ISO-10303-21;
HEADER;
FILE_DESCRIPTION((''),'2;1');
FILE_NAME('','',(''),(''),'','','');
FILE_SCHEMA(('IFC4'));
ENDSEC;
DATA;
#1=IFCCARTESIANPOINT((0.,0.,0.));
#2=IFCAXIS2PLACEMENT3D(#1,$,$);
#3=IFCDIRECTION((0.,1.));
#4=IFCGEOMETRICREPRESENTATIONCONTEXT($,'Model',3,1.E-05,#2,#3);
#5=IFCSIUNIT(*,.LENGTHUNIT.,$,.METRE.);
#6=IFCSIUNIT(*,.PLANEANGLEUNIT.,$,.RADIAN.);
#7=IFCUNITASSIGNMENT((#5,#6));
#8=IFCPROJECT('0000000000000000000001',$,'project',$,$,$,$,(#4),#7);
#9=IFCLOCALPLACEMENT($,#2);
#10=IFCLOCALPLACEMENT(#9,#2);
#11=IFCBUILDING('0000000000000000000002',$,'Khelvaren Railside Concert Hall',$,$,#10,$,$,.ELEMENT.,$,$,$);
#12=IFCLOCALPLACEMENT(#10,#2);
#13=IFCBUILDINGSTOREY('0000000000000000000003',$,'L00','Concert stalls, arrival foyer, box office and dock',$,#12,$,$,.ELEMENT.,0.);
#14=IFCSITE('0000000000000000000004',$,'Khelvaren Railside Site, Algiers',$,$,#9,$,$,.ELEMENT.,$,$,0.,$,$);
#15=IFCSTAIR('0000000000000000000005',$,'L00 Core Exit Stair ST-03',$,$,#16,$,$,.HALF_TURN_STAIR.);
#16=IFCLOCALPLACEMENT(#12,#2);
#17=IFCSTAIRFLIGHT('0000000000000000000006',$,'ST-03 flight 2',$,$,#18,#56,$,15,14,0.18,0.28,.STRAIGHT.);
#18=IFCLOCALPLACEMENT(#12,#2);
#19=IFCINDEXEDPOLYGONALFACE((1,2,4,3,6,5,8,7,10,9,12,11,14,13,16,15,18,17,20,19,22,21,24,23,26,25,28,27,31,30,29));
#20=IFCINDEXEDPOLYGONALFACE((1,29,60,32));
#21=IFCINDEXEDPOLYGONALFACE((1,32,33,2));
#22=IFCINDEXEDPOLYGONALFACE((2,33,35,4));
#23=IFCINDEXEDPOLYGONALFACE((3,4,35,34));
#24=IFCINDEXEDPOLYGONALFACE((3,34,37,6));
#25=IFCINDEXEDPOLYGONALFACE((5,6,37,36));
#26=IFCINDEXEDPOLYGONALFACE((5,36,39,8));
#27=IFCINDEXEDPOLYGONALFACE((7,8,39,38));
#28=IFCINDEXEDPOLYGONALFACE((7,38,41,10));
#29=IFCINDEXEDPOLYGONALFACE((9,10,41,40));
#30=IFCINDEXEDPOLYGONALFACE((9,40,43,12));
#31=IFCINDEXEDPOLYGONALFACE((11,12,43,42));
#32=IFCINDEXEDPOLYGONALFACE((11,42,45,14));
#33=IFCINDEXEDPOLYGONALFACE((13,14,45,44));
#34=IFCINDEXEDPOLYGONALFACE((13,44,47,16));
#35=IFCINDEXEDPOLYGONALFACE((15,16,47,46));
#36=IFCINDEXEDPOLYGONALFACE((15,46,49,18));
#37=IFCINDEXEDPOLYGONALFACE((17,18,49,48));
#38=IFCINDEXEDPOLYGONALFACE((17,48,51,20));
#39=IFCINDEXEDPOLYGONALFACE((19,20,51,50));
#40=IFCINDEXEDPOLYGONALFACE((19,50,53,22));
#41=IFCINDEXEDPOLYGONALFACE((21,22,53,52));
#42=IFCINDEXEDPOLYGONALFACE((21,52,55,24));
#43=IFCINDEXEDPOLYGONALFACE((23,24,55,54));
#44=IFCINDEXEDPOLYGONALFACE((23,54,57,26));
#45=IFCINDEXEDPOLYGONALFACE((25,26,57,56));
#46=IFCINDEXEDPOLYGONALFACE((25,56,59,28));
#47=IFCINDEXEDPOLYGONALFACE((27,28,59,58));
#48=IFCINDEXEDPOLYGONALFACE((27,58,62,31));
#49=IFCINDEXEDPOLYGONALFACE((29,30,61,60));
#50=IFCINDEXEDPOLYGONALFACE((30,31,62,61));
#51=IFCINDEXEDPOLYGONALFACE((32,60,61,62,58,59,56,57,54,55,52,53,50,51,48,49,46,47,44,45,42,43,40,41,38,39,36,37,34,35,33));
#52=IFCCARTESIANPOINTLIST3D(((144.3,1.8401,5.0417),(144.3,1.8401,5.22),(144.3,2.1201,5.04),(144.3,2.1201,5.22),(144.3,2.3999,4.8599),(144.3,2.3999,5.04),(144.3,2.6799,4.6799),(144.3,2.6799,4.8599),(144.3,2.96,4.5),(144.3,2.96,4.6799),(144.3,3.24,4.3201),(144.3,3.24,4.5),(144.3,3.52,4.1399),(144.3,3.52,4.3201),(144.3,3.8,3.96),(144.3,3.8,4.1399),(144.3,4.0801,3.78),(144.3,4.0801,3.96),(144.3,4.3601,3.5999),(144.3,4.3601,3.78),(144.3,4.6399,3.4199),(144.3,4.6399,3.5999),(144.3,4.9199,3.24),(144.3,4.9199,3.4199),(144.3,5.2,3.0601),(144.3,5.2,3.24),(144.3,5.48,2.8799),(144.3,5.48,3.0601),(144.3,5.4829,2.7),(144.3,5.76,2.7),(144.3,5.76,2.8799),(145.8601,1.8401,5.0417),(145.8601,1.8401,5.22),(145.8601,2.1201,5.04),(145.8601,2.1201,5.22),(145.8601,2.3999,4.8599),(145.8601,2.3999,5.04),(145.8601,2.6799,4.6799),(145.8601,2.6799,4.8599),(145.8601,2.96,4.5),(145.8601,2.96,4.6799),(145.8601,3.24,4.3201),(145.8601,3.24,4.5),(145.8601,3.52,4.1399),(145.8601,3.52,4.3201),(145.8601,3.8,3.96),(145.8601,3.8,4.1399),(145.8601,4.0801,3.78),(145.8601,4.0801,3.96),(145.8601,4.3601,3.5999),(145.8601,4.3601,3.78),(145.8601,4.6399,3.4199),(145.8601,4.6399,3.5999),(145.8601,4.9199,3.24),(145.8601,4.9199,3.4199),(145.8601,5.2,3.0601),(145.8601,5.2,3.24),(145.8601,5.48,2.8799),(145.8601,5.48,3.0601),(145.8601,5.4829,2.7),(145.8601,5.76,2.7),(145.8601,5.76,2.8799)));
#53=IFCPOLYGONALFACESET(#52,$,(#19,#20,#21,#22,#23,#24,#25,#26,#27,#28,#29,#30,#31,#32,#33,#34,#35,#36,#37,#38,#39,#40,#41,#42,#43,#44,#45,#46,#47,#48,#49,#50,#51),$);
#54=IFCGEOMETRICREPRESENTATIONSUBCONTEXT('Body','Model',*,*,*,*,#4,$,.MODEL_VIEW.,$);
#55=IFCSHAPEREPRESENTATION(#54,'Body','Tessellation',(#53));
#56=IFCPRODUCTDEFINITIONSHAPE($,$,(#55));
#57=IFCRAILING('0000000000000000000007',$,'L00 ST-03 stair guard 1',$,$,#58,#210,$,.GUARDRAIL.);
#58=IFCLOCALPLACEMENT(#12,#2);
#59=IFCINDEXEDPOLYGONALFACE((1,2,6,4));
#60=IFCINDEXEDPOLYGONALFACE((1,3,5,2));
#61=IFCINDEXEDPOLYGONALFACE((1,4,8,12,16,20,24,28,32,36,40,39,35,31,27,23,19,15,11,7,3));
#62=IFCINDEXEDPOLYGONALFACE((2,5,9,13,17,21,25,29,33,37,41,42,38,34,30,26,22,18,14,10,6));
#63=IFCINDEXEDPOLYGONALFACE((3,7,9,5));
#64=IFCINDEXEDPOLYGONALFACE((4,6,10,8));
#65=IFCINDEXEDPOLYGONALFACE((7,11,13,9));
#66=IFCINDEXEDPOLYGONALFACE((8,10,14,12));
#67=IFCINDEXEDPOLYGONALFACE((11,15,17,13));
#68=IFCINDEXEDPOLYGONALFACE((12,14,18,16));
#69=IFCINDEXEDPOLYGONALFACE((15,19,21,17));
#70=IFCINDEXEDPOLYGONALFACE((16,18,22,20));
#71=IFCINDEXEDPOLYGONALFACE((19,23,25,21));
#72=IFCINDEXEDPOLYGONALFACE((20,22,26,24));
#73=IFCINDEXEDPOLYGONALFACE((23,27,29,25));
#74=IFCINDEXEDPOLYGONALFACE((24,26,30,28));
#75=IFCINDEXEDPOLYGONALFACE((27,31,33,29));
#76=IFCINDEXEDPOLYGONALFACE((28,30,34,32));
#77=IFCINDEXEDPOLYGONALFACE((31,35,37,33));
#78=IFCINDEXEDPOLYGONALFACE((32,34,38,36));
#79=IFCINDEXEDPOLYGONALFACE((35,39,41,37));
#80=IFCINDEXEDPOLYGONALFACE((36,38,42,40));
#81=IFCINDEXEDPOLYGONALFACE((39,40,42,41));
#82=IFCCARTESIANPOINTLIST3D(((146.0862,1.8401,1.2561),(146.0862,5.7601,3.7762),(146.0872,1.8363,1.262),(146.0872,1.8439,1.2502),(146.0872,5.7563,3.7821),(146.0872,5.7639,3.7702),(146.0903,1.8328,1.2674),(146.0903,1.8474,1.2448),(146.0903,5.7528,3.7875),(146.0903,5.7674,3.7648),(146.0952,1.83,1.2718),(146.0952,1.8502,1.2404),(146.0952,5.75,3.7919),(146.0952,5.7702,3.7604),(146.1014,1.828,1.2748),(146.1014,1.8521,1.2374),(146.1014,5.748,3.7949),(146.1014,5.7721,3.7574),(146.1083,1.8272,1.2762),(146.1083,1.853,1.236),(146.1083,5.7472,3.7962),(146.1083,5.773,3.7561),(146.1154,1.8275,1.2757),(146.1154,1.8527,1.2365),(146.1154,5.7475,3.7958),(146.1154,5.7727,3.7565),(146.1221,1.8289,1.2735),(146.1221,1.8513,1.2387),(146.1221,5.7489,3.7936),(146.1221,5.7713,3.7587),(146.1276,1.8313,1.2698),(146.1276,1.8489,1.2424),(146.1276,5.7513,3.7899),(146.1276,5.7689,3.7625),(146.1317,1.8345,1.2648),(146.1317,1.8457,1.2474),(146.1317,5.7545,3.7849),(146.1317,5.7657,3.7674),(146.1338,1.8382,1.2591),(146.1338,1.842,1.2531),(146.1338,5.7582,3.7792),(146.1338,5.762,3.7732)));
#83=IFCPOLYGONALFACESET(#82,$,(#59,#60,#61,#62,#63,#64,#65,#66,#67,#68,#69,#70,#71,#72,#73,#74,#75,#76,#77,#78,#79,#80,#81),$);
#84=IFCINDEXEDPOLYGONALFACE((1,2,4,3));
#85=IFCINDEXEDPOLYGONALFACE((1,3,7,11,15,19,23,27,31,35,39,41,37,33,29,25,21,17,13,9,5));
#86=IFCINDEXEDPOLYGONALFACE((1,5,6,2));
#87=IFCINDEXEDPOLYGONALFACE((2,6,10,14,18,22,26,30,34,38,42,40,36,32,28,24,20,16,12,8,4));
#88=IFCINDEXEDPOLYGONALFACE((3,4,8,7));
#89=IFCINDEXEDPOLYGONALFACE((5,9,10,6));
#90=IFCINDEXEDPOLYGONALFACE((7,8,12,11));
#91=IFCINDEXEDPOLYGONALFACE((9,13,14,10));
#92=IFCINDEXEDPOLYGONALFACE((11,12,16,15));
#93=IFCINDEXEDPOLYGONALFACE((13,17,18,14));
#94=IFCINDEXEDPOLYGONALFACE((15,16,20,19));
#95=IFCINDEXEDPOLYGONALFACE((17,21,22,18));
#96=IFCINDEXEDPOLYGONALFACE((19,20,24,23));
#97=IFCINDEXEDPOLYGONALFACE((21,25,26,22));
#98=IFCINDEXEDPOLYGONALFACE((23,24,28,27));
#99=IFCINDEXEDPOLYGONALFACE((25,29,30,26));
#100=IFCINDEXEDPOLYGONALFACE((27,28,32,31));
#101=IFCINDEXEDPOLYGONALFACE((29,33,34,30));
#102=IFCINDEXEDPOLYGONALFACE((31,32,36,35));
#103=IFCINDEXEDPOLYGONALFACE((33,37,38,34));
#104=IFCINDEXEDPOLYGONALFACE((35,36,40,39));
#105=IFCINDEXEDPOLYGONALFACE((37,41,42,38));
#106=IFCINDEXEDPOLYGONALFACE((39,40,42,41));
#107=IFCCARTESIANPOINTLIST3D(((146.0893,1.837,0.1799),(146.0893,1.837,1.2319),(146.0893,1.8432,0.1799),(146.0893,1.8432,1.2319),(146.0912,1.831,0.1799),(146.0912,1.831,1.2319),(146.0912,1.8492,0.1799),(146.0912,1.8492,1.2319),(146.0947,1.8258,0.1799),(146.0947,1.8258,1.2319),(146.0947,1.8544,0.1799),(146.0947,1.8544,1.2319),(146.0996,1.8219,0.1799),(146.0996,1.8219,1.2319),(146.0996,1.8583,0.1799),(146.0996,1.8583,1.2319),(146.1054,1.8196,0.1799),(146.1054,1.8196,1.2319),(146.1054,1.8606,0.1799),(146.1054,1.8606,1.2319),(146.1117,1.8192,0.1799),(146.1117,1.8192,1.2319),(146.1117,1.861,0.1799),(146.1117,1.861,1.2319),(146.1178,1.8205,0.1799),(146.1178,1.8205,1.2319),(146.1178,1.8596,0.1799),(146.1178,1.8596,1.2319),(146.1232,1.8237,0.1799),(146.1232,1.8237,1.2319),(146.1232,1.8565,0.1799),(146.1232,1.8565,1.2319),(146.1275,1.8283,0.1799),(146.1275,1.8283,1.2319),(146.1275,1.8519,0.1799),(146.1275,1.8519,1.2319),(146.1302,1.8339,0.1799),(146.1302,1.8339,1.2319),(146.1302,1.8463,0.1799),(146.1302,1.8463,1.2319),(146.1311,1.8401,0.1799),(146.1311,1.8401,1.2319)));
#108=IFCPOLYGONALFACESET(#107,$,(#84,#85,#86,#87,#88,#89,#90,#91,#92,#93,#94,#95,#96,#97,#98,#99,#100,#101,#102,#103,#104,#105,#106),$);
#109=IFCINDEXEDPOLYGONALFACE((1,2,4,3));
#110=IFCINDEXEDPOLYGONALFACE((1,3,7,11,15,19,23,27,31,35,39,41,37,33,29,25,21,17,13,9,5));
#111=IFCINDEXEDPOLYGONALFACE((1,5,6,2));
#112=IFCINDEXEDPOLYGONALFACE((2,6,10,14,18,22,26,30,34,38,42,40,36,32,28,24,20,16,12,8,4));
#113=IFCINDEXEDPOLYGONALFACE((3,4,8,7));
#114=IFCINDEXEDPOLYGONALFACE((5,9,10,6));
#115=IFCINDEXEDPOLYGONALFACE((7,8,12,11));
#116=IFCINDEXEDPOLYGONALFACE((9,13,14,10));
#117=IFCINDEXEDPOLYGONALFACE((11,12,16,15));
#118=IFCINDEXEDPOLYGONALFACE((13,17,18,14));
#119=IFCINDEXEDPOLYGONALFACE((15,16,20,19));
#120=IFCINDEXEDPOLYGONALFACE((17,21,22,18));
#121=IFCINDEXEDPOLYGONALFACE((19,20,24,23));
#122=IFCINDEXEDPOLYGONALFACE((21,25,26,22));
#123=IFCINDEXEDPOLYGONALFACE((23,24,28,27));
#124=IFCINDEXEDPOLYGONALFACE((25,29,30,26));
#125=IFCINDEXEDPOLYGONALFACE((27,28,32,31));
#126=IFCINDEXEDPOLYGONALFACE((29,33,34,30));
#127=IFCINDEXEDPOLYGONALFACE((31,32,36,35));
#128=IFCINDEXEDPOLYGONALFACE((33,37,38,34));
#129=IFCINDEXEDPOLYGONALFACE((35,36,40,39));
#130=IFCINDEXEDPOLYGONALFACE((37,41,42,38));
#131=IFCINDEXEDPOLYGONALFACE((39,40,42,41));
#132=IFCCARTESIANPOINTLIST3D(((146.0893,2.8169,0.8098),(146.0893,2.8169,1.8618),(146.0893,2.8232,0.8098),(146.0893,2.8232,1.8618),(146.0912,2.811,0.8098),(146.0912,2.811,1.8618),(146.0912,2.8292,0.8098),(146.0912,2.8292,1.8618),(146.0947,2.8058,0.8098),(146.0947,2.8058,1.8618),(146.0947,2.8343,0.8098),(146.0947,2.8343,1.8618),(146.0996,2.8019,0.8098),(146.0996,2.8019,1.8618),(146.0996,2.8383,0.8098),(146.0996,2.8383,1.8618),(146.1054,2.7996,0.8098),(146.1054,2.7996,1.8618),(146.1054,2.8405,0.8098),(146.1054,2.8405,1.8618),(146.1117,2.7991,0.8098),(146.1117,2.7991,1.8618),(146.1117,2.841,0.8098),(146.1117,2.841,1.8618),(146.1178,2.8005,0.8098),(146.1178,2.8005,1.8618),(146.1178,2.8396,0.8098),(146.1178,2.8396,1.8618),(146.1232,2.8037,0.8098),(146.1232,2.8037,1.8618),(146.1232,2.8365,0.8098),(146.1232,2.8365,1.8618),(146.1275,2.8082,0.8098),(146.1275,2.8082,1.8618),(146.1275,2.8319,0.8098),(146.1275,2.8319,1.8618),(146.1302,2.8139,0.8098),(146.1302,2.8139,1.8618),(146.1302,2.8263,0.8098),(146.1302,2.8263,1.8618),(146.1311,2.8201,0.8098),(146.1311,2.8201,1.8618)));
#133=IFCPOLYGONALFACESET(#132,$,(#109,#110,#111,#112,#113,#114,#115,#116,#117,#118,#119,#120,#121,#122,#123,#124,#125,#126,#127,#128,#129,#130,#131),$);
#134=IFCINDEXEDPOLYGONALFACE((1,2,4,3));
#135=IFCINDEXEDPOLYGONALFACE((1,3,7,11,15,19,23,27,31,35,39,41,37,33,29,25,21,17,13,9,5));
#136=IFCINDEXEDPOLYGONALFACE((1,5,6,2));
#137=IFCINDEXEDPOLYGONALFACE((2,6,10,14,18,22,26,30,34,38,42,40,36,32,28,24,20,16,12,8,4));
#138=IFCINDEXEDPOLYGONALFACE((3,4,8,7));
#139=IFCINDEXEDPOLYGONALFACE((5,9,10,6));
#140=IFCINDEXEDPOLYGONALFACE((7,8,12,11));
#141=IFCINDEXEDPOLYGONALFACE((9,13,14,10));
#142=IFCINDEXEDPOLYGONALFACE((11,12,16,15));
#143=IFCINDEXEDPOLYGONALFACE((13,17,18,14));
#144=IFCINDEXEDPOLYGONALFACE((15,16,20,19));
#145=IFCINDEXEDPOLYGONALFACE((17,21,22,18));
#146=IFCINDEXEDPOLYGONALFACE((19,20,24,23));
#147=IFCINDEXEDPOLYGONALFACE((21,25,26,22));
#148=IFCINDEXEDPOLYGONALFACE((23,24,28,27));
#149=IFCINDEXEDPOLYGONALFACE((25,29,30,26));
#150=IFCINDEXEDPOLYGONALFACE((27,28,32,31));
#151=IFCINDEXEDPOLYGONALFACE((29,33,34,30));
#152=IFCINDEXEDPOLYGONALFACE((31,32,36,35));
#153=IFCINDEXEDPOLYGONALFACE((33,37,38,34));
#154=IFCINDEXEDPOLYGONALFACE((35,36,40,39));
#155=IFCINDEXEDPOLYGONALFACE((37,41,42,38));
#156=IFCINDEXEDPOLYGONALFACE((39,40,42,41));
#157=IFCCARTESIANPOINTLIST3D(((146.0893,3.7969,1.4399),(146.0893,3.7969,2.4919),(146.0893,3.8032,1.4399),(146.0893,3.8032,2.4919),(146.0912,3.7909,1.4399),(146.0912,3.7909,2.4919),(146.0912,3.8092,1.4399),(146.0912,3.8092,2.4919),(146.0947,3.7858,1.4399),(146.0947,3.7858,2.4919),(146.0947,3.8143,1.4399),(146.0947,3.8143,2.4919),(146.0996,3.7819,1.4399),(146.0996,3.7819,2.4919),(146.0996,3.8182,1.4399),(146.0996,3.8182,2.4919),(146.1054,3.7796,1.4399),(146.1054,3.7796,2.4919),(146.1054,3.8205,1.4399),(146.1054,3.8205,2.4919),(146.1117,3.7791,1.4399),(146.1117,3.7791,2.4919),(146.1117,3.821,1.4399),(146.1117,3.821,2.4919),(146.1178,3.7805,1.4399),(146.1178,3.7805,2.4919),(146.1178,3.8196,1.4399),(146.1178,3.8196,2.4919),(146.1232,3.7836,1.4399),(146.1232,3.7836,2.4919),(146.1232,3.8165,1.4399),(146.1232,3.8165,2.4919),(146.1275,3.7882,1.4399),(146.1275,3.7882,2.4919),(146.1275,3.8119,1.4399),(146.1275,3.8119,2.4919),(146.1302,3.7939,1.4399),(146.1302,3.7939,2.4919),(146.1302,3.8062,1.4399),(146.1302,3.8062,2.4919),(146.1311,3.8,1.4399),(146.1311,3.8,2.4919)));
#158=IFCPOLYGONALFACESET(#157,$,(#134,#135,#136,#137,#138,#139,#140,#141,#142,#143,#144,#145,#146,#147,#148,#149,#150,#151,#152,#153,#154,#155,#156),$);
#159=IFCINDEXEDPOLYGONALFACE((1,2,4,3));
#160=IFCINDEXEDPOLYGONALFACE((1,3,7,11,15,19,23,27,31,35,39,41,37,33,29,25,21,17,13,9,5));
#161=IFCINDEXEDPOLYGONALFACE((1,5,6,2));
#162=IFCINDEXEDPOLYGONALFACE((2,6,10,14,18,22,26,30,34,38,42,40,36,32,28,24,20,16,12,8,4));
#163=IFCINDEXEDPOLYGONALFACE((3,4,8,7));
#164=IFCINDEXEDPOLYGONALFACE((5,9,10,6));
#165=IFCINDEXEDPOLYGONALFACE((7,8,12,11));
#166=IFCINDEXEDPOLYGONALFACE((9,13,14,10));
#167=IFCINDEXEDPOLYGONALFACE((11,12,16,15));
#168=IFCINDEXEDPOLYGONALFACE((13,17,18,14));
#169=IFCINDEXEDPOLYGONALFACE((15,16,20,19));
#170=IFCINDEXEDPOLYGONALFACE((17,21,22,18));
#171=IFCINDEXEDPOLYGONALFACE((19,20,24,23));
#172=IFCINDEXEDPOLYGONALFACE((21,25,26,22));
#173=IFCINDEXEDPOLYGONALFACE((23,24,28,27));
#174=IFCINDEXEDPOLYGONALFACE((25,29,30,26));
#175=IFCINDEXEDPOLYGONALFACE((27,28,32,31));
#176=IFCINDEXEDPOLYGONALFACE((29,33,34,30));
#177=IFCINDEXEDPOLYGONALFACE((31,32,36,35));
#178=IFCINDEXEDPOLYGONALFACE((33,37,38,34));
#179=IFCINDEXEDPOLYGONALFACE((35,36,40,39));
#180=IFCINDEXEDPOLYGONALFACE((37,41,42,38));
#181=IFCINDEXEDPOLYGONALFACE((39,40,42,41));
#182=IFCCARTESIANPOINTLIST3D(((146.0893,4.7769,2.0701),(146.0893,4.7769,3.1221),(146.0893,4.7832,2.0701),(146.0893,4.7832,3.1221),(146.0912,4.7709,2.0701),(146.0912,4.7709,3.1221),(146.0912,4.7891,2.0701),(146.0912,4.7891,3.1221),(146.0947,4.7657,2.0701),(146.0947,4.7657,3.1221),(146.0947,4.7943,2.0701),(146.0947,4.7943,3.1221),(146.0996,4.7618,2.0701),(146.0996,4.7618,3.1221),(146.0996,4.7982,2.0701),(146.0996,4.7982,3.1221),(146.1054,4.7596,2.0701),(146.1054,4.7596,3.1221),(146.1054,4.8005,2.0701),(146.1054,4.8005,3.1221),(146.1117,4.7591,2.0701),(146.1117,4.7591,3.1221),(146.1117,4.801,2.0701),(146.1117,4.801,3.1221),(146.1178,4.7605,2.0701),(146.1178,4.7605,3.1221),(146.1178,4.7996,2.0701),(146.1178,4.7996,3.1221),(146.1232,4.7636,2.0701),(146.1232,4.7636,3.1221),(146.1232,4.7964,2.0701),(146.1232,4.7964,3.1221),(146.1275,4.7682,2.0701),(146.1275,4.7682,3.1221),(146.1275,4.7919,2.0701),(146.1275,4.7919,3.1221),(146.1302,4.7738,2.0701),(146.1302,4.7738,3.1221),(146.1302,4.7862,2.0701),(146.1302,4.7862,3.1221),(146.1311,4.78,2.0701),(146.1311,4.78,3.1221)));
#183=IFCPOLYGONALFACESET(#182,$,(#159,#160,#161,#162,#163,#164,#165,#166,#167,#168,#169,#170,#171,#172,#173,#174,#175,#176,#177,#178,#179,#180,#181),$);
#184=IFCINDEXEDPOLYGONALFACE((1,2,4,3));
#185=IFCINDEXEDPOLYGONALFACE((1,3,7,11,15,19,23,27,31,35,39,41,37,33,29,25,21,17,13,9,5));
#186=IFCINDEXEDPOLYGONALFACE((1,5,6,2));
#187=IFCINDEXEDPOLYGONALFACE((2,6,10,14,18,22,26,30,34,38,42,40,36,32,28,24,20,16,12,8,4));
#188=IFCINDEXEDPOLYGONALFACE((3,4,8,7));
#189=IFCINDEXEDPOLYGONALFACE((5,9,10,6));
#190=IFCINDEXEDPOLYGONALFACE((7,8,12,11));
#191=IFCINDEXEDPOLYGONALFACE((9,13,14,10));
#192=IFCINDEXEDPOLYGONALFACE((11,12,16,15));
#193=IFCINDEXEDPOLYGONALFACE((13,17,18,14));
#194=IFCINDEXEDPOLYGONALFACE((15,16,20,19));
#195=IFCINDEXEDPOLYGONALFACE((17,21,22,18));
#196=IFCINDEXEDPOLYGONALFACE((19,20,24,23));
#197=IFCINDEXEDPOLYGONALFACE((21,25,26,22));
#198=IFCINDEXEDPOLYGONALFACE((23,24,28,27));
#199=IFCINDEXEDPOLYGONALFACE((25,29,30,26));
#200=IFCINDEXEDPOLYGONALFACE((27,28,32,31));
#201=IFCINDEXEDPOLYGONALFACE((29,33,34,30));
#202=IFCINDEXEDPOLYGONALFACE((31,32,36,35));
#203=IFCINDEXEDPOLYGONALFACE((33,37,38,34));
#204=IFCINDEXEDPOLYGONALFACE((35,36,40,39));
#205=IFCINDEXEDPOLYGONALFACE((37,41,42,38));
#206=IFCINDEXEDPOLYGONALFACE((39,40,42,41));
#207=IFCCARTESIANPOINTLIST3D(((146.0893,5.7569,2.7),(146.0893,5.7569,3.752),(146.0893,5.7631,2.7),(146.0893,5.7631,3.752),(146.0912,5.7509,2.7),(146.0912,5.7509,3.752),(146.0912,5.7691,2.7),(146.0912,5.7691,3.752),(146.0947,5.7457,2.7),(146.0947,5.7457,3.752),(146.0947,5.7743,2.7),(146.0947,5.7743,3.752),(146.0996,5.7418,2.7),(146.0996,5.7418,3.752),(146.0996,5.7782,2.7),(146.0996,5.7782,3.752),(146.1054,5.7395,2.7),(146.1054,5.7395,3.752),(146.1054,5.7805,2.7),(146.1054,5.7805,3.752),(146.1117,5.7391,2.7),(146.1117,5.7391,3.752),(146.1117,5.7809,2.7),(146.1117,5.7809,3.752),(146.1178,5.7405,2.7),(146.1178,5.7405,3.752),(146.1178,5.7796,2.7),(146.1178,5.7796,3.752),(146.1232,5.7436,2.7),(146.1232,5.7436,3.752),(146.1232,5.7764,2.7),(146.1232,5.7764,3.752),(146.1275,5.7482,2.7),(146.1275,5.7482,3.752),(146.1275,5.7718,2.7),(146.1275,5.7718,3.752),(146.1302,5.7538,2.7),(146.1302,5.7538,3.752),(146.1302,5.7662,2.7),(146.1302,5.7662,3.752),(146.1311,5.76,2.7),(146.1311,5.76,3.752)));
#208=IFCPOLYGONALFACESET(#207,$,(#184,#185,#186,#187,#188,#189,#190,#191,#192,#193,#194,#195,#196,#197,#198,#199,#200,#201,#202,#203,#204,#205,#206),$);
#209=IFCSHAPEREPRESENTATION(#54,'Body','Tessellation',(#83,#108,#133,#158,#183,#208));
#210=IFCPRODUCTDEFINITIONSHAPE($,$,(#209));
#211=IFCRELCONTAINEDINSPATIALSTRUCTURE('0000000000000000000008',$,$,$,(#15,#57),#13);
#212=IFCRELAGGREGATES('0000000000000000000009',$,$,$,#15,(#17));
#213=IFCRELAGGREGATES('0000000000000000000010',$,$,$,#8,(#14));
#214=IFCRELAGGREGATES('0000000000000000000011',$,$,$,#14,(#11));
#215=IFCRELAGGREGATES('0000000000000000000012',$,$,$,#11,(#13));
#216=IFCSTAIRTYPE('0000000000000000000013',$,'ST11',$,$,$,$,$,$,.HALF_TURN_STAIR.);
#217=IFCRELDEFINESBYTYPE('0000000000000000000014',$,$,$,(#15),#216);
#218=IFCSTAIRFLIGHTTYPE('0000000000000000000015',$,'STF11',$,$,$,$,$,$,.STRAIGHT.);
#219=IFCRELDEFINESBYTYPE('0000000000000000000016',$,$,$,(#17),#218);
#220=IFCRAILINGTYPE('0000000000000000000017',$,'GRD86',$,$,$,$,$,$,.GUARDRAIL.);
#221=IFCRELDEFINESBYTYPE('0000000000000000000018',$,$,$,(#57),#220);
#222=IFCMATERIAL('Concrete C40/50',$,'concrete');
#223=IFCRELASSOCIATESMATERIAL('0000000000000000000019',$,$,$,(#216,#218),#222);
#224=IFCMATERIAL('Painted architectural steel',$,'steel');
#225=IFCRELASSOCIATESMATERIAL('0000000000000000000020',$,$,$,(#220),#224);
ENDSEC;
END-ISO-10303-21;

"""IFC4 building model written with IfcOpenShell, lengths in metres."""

from ifc_helpers import new_model, si_unit, direction, frame, origin, origin_2d, place, context, subcontext, project, spatial, polyline, circle, outline, extrude, material, type_object, element, aggregate, save


model = new_model("IFC4")

# Units and contexts
model_context = context("Model", 3, precision=1e-05, world=origin(), true_north=direction((0.0, 1.0)))
body_context = subcontext(model_context, "Body", "Model", "MODEL_VIEW")
ifc_project = project(units=[si_unit("LENGTHUNIT", "METRE"), si_unit("PLANEANGLEUNIT", "RADIAN")], contexts=[model_context])

# Site, building, storey
site_placement = place(None, origin())
site = spatial("IfcSite", under=ifc_project, at=site_placement, Name="Khelvaren Railside Site, Algiers", CompositionType="ELEMENT", RefElevation=0.0)
building_placement = place(site_placement, origin())
building = spatial("IfcBuilding", under=site, at=building_placement, Name="Khelvaren Railside Concert Hall", CompositionType="ELEMENT")
storey_placement = place(building_placement, origin())
storey = spatial("IfcBuildingStorey", under=building, at=storey_placement, Name="L00", Description="Concert stalls, arrival foyer, box office and dock", CompositionType="ELEMENT", Elevation=0.0)

# Shared definitions
ifc_material_1 = material(Name="Concrete C40/50", Category="concrete")

# Stair, stair flight
stair_type = type_object("IfcStairType", Name="ST11", PredefinedType="HALF_TURN_STAIR", material=ifc_material_1)
stair_placement = place(storey_placement, origin())
stair = element("IfcStair", 1, at=stair_placement, inside=storey, type_object=stair_type, Name="L00 Core Exit Stair ST-03", PredefinedType="HALF_TURN_STAIR")
stair_flight_type = type_object("IfcStairFlightType", Name="STF11", PredefinedType="STRAIGHT", material=ifc_material_1)
stair_flight_1_placement = place(storey_placement, frame((145.0801, 5.76, 2.7), z_axis=(0.0, 0.0, 1.0), x_axis=(0.0, -1.0, 0.0)))
stair_flight_1 = element("IfcStairFlight", 2, at=stair_flight_1_placement, type_object=stair_flight_type, Name="ST-03 flight 2", NumberOfRisers=15, NumberOfTreads=14, PredefinedType="STRAIGHT", RiserHeight=0.18, TreadLength=0.28, context=body_context, shape_type="SweptSolid", body=[
    extrude(outline(polyline([(0.0, 0.0), (0.0, 0.1799), (0.28, 0.1799), (0.28, 0.3601), (0.5601, 0.3601), (0.5601, 0.54), (0.8401, 0.54), (0.8401, 0.72), (1.1201, 0.72), (1.1201, 0.8999), (1.3999, 0.8999), (1.3999, 1.0801), (1.6799, 1.0801), (1.6799, 1.26), (1.96, 1.26), (1.96, 1.4399), (2.24, 1.4399), (2.24, 1.6201), (2.52, 1.6201), (2.52, 1.8), (2.8, 1.8), (2.8, 1.98), (3.0801, 1.98), (3.0801, 2.1599), (3.3601, 2.1599), (3.3601, 2.3401), (3.6399, 2.3401), (3.6399, 2.52), (3.9199, 2.52), (3.9199, 2.7), (3.9199, 2.3418), (0.2771, 0.0), (0.0, 0.0)])), frame((0.0, 0.78, 0.0), z_axis=(0.0, -1.0, 0.0), x_axis=(1.0, 0.0, 0.0)), (0.0, 0.0, 1.0), 1.5601),
])
aggregate(stair, [stair_flight_1])

# Railing
ifc_material_2 = material(Name="Painted architectural steel", Category="steel")
railing_type_1 = type_object("IfcRailingType", Name="GRD86", PredefinedType="GUARDRAIL", material=ifc_material_2)
railing_1_placement = place(storey_placement, frame((146.1101, 1.8401, 0.1799)))
element("IfcRailing", 3, at=railing_1_placement, inside=storey, type_object=railing_type_1, Name="L00 ST-03 stair guard 1", PredefinedType="GUARDRAIL", context=body_context, shape_type="SweptSolid", body=[
    extrude(circle(Radius=0.0239, at=origin_2d()), frame((0.0, 0.0, 1.0762), z_axis=(0.0, 0.841172, 0.540768), x_axis=(-1.0, 0.0, 0.0)), (0.0, 0.0, 1.0), 4.6602),
    extrude(circle(Radius=0.021, at=origin_2d()), origin(), (0.0, 0.0, 1.0), 1.052),
    extrude(circle(Radius=0.021, at=origin_2d()), frame((0.0, 0.98, 0.6299)), (0.0, 0.0, 1.0), 1.052),
    extrude(circle(Radius=0.021, at=origin_2d()), frame((0.0, 1.96, 1.26)), (0.0, 0.0, 1.0), 1.052),
    extrude(circle(Radius=0.021, at=origin_2d()), frame((0.0, 2.9399, 1.8901)), (0.0, 0.0, 1.0), 1.052),
    extrude(circle(Radius=0.021, at=origin_2d()), frame((0.0, 3.9199, 2.52)), (0.0, 0.0, 1.0), 1.052),
])

save(model, "model.ifc")
